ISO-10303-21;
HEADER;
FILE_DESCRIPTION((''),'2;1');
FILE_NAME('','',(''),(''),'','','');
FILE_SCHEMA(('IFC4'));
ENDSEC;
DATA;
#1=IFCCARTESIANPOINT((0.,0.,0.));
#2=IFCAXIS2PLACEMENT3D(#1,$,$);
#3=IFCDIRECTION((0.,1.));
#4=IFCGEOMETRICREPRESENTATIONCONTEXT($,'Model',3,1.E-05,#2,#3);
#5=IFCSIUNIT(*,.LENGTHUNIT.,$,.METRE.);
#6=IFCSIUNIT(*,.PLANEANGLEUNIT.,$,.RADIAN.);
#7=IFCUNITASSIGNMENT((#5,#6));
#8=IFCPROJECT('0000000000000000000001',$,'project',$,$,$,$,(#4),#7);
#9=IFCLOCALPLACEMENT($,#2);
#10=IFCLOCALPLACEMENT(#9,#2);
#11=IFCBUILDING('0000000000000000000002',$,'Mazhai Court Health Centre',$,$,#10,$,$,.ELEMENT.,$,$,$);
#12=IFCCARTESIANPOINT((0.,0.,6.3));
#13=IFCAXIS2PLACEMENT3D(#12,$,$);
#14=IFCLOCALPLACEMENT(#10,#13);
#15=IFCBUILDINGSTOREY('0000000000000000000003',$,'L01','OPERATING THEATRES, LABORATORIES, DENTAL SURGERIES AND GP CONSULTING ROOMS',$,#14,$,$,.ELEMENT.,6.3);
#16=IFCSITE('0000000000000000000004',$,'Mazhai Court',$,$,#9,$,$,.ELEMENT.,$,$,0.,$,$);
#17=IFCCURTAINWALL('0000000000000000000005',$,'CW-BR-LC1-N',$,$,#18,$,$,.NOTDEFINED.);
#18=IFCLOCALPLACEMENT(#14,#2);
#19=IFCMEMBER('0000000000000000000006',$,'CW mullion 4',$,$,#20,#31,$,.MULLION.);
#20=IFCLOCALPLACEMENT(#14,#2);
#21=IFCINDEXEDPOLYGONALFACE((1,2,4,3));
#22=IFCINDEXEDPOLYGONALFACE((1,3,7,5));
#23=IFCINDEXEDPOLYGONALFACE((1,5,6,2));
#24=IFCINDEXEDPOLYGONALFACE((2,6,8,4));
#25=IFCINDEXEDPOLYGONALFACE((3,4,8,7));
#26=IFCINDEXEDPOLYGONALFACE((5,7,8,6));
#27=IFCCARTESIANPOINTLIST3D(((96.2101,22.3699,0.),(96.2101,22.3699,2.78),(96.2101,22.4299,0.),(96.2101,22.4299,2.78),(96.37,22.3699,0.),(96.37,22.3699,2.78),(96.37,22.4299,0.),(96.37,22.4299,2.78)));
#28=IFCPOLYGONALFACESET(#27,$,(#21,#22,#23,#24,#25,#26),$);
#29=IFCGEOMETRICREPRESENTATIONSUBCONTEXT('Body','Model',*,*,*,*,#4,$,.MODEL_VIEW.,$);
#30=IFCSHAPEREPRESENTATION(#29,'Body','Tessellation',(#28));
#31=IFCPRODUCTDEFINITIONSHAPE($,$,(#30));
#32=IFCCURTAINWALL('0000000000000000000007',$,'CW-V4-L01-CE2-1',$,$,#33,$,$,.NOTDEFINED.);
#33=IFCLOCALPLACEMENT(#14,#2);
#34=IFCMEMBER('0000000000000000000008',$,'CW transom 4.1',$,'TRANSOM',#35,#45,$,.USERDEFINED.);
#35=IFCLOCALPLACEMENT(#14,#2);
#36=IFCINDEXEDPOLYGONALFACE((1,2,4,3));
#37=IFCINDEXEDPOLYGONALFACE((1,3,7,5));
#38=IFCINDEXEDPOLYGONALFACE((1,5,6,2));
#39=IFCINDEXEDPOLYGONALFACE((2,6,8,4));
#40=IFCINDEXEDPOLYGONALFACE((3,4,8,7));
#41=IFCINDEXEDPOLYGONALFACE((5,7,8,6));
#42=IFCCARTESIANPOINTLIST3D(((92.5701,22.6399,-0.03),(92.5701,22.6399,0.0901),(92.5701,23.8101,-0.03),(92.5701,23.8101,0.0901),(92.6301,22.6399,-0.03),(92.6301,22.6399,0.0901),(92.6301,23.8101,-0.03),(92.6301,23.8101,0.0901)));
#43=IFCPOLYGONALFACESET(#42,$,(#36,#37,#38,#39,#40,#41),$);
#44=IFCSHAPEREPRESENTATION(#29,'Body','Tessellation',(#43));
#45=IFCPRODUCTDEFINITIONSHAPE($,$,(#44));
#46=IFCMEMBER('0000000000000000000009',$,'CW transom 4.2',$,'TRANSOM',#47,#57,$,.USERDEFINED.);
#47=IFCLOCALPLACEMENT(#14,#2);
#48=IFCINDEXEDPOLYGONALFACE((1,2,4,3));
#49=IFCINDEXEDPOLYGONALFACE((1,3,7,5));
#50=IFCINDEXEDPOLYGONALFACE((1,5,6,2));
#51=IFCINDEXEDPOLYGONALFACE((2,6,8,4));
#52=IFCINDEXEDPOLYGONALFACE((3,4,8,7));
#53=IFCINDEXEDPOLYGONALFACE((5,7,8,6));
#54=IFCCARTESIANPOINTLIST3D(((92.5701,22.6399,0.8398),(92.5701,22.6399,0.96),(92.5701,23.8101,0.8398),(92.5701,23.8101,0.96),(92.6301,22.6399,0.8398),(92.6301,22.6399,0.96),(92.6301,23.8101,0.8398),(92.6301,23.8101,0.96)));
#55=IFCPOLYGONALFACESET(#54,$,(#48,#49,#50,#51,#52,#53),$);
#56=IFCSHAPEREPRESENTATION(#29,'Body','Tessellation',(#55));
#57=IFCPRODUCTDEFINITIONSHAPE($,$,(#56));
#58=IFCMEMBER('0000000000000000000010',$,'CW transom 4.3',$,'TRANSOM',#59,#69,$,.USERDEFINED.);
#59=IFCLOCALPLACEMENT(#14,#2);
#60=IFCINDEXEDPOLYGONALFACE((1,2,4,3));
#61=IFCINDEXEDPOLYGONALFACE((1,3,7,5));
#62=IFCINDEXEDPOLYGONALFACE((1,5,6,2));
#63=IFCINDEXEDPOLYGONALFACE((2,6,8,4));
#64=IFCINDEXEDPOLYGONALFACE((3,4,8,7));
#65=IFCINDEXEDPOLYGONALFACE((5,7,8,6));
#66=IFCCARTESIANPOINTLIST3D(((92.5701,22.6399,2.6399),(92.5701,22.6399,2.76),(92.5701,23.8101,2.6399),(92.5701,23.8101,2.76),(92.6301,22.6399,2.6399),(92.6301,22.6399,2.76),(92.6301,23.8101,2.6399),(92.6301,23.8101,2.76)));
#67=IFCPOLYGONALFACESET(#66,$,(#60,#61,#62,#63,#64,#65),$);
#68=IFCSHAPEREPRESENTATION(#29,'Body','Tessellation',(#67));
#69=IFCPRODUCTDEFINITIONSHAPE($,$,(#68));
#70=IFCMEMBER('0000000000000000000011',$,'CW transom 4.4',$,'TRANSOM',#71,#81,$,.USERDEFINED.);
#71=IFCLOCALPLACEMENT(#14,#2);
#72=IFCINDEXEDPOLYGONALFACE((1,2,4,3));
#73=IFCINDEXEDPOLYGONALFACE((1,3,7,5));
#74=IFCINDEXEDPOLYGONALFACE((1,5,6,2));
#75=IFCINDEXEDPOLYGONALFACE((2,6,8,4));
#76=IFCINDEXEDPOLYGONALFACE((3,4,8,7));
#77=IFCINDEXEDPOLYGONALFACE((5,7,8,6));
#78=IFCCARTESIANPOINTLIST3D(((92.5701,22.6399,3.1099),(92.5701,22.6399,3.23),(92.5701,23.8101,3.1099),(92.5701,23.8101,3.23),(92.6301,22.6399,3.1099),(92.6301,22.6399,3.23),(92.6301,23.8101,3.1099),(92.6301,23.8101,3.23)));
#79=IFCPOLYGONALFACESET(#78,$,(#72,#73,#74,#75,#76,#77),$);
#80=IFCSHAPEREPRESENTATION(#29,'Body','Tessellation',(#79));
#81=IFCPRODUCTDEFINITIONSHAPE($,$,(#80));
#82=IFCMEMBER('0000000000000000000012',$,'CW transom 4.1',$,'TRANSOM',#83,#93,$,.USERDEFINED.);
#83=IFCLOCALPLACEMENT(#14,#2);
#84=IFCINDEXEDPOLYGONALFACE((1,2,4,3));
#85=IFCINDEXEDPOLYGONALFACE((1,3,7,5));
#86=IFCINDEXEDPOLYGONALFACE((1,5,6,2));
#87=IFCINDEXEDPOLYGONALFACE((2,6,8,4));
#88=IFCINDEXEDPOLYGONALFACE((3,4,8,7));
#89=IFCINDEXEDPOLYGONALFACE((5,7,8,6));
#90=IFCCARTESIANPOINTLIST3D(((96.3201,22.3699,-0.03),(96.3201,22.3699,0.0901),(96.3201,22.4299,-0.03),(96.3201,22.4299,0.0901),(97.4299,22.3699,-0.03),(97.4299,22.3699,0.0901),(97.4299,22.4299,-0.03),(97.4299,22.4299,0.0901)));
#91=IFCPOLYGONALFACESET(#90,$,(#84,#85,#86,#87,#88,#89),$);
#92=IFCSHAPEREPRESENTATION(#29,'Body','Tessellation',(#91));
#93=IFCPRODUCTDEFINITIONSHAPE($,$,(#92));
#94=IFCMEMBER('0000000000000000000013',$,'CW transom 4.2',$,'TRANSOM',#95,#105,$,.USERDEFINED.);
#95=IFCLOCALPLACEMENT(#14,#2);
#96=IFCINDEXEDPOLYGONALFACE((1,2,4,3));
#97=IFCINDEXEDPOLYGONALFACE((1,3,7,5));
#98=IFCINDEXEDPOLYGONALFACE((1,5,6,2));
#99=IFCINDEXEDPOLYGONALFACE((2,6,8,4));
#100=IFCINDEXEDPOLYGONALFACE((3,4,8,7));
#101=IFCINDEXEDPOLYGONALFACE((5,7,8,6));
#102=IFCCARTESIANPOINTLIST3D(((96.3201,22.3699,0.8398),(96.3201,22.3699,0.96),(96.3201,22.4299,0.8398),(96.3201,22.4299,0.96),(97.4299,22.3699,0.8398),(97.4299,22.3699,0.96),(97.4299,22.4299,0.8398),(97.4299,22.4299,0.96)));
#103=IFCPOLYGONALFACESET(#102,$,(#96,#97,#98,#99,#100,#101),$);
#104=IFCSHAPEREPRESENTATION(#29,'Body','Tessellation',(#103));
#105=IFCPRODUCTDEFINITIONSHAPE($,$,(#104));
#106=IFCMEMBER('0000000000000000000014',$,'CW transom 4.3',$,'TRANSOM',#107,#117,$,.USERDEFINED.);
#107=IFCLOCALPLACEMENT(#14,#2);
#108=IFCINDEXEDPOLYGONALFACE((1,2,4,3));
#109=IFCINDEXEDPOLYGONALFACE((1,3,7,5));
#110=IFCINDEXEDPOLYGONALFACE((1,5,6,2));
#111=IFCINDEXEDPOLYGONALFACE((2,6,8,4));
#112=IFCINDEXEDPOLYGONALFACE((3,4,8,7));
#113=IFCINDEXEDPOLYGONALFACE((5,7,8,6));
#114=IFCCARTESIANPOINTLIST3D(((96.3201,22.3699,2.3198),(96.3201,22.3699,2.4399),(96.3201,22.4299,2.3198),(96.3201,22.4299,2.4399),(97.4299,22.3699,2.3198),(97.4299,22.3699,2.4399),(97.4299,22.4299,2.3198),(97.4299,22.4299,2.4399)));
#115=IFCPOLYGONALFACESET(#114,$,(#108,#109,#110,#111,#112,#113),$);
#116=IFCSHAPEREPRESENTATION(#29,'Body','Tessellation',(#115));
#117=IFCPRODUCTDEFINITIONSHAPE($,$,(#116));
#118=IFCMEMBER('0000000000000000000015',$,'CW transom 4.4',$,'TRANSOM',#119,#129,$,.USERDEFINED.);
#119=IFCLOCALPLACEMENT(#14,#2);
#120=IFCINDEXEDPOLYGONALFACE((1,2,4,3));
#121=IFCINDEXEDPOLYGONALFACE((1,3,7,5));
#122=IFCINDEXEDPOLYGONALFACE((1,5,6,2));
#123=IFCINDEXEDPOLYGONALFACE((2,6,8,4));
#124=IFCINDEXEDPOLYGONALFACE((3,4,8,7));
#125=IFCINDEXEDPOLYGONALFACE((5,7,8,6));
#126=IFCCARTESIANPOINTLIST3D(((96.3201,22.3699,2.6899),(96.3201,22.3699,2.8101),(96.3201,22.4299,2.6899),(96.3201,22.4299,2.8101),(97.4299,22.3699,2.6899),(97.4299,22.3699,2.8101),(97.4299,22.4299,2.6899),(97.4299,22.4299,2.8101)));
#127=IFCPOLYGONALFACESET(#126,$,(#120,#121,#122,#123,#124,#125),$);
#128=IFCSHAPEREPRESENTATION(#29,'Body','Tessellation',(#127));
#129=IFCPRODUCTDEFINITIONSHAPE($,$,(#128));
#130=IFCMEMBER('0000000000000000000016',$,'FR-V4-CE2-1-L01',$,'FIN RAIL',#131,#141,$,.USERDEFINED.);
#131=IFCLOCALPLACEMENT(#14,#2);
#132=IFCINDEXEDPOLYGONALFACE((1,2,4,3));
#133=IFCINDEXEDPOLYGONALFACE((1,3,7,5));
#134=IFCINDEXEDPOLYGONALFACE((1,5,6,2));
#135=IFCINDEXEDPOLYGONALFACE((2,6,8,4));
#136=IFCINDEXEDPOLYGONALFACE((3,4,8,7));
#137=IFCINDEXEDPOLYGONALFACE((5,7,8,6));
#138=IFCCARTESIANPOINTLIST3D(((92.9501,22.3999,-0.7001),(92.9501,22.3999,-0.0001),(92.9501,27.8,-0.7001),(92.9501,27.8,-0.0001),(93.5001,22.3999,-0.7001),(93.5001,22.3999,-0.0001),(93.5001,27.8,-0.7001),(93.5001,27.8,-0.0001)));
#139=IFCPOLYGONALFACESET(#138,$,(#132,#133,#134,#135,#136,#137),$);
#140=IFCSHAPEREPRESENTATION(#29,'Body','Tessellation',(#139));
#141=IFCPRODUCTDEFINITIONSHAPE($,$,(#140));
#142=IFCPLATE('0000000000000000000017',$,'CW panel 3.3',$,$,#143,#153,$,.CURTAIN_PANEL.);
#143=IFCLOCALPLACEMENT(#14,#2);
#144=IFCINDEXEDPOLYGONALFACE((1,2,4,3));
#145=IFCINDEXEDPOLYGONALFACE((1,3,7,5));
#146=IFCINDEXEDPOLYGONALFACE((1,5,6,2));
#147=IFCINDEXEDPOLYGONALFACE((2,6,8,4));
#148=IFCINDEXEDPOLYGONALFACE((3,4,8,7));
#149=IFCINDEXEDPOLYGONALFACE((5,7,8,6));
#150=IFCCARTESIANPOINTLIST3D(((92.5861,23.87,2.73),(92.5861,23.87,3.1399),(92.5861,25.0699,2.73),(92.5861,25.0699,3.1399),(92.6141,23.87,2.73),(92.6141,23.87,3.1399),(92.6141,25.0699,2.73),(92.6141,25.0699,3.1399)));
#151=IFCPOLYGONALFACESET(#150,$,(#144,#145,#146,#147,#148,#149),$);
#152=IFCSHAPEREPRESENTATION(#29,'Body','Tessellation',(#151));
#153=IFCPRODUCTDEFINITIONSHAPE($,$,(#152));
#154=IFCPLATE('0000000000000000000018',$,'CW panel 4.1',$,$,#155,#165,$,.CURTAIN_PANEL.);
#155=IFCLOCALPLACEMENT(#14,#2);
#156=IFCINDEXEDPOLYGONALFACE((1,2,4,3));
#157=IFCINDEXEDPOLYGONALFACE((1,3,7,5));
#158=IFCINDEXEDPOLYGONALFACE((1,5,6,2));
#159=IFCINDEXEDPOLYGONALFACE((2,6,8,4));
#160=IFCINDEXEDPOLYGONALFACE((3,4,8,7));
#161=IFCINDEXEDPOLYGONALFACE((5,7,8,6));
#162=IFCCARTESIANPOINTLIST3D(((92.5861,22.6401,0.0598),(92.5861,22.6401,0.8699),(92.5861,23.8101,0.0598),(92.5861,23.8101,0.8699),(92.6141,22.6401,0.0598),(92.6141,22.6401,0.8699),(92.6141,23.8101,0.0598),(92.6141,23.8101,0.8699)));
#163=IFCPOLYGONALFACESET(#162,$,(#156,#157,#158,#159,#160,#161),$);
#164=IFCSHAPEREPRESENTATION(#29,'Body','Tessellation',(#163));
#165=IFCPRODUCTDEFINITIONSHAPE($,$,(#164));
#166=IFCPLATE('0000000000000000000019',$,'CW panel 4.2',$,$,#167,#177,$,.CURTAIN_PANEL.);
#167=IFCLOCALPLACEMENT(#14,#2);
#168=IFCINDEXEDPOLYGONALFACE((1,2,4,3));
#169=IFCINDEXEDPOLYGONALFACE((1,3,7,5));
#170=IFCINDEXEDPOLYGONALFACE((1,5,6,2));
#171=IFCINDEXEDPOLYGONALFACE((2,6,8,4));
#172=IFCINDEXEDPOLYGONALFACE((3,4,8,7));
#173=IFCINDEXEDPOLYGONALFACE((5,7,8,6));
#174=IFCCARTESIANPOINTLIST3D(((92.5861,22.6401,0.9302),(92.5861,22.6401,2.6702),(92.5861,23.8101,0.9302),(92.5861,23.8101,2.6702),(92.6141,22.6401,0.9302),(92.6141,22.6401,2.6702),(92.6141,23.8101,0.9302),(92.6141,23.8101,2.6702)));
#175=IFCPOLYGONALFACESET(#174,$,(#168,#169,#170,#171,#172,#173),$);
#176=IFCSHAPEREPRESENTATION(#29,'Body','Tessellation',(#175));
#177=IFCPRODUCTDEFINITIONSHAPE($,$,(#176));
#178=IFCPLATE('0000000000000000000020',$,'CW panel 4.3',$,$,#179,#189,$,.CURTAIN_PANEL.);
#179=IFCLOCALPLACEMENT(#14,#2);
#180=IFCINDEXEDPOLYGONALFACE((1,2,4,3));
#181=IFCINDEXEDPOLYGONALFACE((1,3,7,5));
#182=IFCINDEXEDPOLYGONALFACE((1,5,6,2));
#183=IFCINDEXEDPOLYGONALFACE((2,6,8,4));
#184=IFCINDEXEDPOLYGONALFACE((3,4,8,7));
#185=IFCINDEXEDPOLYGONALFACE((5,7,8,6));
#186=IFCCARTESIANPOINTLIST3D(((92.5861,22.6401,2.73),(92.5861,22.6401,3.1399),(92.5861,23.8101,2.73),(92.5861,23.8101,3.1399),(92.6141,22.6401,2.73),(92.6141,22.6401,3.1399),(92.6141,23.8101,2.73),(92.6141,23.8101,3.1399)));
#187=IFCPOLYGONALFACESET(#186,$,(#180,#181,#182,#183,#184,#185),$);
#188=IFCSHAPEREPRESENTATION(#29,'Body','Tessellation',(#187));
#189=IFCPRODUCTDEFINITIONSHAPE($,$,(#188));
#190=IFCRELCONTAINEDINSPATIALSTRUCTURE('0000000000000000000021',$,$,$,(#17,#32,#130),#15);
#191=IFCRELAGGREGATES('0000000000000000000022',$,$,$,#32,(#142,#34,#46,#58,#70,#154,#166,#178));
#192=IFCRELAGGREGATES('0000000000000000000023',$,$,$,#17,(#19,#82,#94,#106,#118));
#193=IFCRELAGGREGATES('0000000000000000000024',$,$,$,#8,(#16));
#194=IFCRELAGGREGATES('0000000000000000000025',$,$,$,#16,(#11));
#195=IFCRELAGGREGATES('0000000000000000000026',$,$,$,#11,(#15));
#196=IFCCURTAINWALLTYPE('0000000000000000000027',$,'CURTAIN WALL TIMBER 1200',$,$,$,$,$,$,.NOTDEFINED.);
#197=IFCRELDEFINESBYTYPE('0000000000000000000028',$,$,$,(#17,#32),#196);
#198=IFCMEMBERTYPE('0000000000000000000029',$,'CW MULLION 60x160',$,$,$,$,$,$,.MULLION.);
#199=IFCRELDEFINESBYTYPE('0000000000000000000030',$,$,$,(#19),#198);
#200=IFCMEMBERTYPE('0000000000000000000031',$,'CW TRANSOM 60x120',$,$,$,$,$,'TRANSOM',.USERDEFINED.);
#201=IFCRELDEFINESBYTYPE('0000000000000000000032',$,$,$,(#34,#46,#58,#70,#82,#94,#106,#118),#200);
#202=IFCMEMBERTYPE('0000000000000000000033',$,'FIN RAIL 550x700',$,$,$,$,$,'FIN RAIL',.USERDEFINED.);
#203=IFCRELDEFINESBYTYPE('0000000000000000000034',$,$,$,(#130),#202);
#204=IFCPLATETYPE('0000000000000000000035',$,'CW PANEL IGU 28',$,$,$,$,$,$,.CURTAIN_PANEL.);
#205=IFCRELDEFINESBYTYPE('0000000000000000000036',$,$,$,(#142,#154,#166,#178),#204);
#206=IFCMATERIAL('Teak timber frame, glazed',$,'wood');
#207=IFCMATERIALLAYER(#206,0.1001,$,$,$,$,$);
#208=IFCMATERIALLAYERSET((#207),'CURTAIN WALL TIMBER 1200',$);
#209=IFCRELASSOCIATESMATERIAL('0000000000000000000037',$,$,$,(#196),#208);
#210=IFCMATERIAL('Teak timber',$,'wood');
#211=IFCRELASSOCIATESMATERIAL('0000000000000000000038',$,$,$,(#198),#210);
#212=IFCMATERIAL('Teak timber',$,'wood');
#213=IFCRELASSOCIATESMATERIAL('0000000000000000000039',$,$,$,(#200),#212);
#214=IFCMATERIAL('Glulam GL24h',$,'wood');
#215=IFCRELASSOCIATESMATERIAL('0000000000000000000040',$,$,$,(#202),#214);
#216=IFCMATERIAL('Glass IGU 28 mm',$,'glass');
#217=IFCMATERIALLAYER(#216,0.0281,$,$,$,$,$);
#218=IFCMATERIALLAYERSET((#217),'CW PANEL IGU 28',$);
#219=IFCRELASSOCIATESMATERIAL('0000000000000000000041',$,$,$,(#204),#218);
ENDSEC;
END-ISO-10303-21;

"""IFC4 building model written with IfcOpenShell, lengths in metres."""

from ifc_helpers import new_model, si_unit, direction, frame, origin, origin_2d, place, context, subcontext, project, spatial, rectangle, extrude, material, layer, layer_set, material_profile, profile_set, type_object, element, aggregate, save


model = new_model("IFC4")

# Units and contexts
model_context = context("Model", 3, precision=1e-05, world=origin(), true_north=direction((0.0, 1.0)))
body_context = subcontext(model_context, "Body", "Model", "MODEL_VIEW")
ifc_project = project(units=[si_unit("LENGTHUNIT", "METRE"), si_unit("PLANEANGLEUNIT", "RADIAN")], contexts=[model_context])

# Site, building, storey
site_placement = place(None, origin())
site = spatial("IfcSite", under=ifc_project, at=site_placement, Name="Mazhai Court", CompositionType="ELEMENT", RefElevation=0.0)
building_placement = place(site_placement, origin())
building = spatial("IfcBuilding", under=site, at=building_placement, Name="Mazhai Court Health Centre", CompositionType="ELEMENT")
storey_placement = place(building_placement, frame((0.0, 0.0, 6.3)))
storey = spatial("IfcBuildingStorey", under=building, at=storey_placement, Name="L01", Description="OPERATING THEATRES, LABORATORIES, DENTAL SURGERIES AND GP CONSULTING ROOMS", CompositionType="ELEMENT", Elevation=6.3)

# Curtain wall, member
ifc_material_1 = material(Name="Teak timber frame, glazed", Category="wood")
ifc_layer_1 = layer(ifc_material_1, 0.1001)
ifc_layer_set_1 = layer_set([ifc_layer_1], Name="CURTAIN WALL TIMBER 1200")
curtain_wall_type = type_object("IfcCurtainWallType", Name="CURTAIN WALL TIMBER 1200", PredefinedType="NOTDEFINED", material=ifc_layer_set_1)
curtain_wall_1_placement = place(storey_placement, origin())
curtain_wall_1 = element("IfcCurtainWall", 1, at=curtain_wall_1_placement, inside=storey, type_object=curtain_wall_type, Name="CW-BR-LC1-N", PredefinedType="NOTDEFINED")
ifc_material_2 = material(Name="Teak timber", Category="wood")
ifc_material_profile_1 = material_profile(ifc_material_2, rectangle(XDim=0.0601, YDim=0.1599, at=origin_2d()), Name="CW MULLION 60x160")
ifc_profile_set_1 = profile_set([ifc_material_profile_1], Name="Teak timber")
member_type_1 = type_object("IfcMemberType", Name="CW MULLION 60x160", PredefinedType="MULLION", material=ifc_profile_set_1)
member_1_placement = place(storey_placement, frame((96.29, 22.3999, 0.0), z_axis=(0.0, 0.0, 1.0), x_axis=(0.0, 1.0, 0.0)))
member_1 = element("IfcMember", 2, at=member_1_placement, type_object=member_type_1, Name="CW mullion 4", PredefinedType="MULLION", context=body_context, shape_type="SweptSolid", body=[
    extrude(rectangle(XDim=0.0601, YDim=0.1599, at=origin_2d()), origin(), (0.0, 0.0, 1.0), 2.78),
])

# Curtain wall, members
curtain_wall_2_placement = place(storey_placement, origin())
curtain_wall_2 = element("IfcCurtainWall", 3, at=curtain_wall_2_placement, inside=storey, type_object=curtain_wall_type, Name="CW-V4-L01-CE2-1", PredefinedType="NOTDEFINED")
ifc_material_3 = material(Name="Teak timber", Category="wood")
ifc_material_profile_2 = material_profile(ifc_material_3, rectangle(XDim=0.0601, YDim=0.1201, at=origin_2d()), Name="CW TRANSOM 60x120")
ifc_profile_set_2 = profile_set([ifc_material_profile_2], Name="Teak timber")
member_type_2 = type_object("IfcMemberType", Name="CW TRANSOM 60x120", ElementType="TRANSOM", PredefinedType="USERDEFINED", material=ifc_profile_set_2)
member_2_placement = place(storey_placement, frame((92.6001, 23.8101, 0.03), z_axis=(0.0, -1.0, 0.0), x_axis=(1.0, 0.0, 0.0)))
member_2 = element("IfcMember", 4, at=member_2_placement, type_object=member_type_2, Name="CW transom 4.1", ObjectType="TRANSOM", PredefinedType="USERDEFINED", context=body_context, shape_type="SweptSolid", body=[
    extrude(rectangle(XDim=0.0601, YDim=0.1201, at=origin_2d()), origin(), (0.0, 0.0, 1.0), 1.1702),
])
member_3_placement = place(storey_placement, frame((92.6001, 23.8101, 0.8999), z_axis=(0.0, -1.0, 0.0), x_axis=(1.0, 0.0, 0.0)))
member_3 = element("IfcMember", 5, at=member_3_placement, type_object=member_type_2, Name="CW transom 4.2", ObjectType="TRANSOM", PredefinedType="USERDEFINED", context=body_context, shape_type="SweptSolid", body=[
    extrude(rectangle(XDim=0.0601, YDim=0.1201, at=origin_2d()), origin(), (0.0, 0.0, 1.0), 1.1702),
])
member_4_placement = place(storey_placement, frame((92.6001, 23.8101, 2.7), z_axis=(0.0, -1.0, 0.0), x_axis=(1.0, 0.0, 0.0)))
member_4 = element("IfcMember", 6, at=member_4_placement, type_object=member_type_2, Name="CW transom 4.3", ObjectType="TRANSOM", PredefinedType="USERDEFINED", context=body_context, shape_type="SweptSolid", body=[
    extrude(rectangle(XDim=0.0601, YDim=0.1201, at=origin_2d()), origin(), (0.0, 0.0, 1.0), 1.1702),
])
member_5_placement = place(storey_placement, frame((92.6001, 23.8101, 3.1699), z_axis=(0.0, -1.0, 0.0), x_axis=(1.0, 0.0, 0.0)))
member_5 = element("IfcMember", 7, at=member_5_placement, type_object=member_type_2, Name="CW transom 4.4", ObjectType="TRANSOM", PredefinedType="USERDEFINED", context=body_context, shape_type="SweptSolid", body=[
    extrude(rectangle(XDim=0.0601, YDim=0.1201, at=origin_2d()), origin(), (0.0, 0.0, 1.0), 1.1702),
])

# Members
member_6_placement = place(storey_placement, frame((96.3201, 22.3999, 0.03), z_axis=(1.0, 0.0, 0.0), x_axis=(0.0, 1.0, 0.0)))
member_6 = element("IfcMember", 8, at=member_6_placement, type_object=member_type_2, Name="CW transom 4.1", ObjectType="TRANSOM", PredefinedType="USERDEFINED", context=body_context, shape_type="SweptSolid", body=[
    extrude(rectangle(XDim=0.0601, YDim=0.1201, at=origin_2d()), origin(), (0.0, 0.0, 1.0), 1.1099),
])
member_7_placement = place(storey_placement, frame((96.3201, 22.3999, 0.8999), z_axis=(1.0, 0.0, 0.0), x_axis=(0.0, 1.0, 0.0)))
member_7 = element("IfcMember", 9, at=member_7_placement, type_object=member_type_2, Name="CW transom 4.2", ObjectType="TRANSOM", PredefinedType="USERDEFINED", context=body_context, shape_type="SweptSolid", body=[
    extrude(rectangle(XDim=0.0601, YDim=0.1201, at=origin_2d()), origin(), (0.0, 0.0, 1.0), 1.1099),
])
member_8_placement = place(storey_placement, frame((96.3201, 22.3999, 2.3799), z_axis=(1.0, 0.0, 0.0), x_axis=(0.0, 1.0, 0.0)))
member_8 = element("IfcMember", 10, at=member_8_placement, type_object=member_type_2, Name="CW transom 4.3", ObjectType="TRANSOM", PredefinedType="USERDEFINED", context=body_context, shape_type="SweptSolid", body=[
    extrude(rectangle(XDim=0.0601, YDim=0.1201, at=origin_2d()), origin(), (0.0, 0.0, 1.0), 1.1099),
])
member_9_placement = place(storey_placement, frame((96.3201, 22.3999, 2.75), z_axis=(1.0, 0.0, 0.0), x_axis=(0.0, 1.0, 0.0)))
member_9 = element("IfcMember", 11, at=member_9_placement, type_object=member_type_2, Name="CW transom 4.4", ObjectType="TRANSOM", PredefinedType="USERDEFINED", context=body_context, shape_type="SweptSolid", body=[
    extrude(rectangle(XDim=0.0601, YDim=0.1201, at=origin_2d()), origin(), (0.0, 0.0, 1.0), 1.1099),
])
ifc_material_4 = material(Name="Glulam GL24h", Category="wood")
ifc_material_profile_3 = material_profile(ifc_material_4, rectangle(XDim=0.55, YDim=0.7, at=origin_2d()), Name="FIN RAIL 550x700")
ifc_profile_set_3 = profile_set([ifc_material_profile_3], Name="Glulam GL24h")
member_type_3 = type_object("IfcMemberType", Name="FIN RAIL 550x700", ElementType="FIN RAIL", PredefinedType="USERDEFINED", material=ifc_profile_set_3)
member_10_placement = place(storey_placement, frame((93.2251, 27.8, -0.3501), z_axis=(0.0, -1.0, 0.0), x_axis=(1.0, 0.0, 0.0)))
element("IfcMember", 12, at=member_10_placement, inside=storey, type_object=member_type_3, Name="FR-V4-CE2-1-L01", ObjectType="FIN RAIL", PredefinedType="USERDEFINED", context=body_context, shape_type="SweptSolid", body=[
    extrude(rectangle(XDim=0.55, YDim=0.7, at=origin_2d()), origin(), (0.0, 0.0, 1.0), 5.4001),
])

# Plates
ifc_material_5 = material(Name="Glass IGU 28 mm", Category="glass")
ifc_layer_2 = layer(ifc_material_5, 0.0281)
ifc_layer_set_2 = layer_set([ifc_layer_2], Name="CW PANEL IGU 28")
plate_type = type_object("IfcPlateType", Name="CW PANEL IGU 28", PredefinedType="CURTAIN_PANEL", material=ifc_layer_set_2)
plate_1_placement = place(storey_placement, frame((92.6001, 24.47, 2.73), z_axis=(0.0, 0.0, 1.0), x_axis=(0.0, -1.0, 0.0)))
plate_1 = element("IfcPlate", 13, at=plate_1_placement, type_object=plate_type, Name="CW panel 3.3", PredefinedType="CURTAIN_PANEL", context=body_context, shape_type="SweptSolid", body=[
    extrude(rectangle(XDim=1.2, YDim=0.0281, at=origin_2d()), origin(), (0.0, 0.0, 1.0), 0.4099),
])
plate_2_placement = place(storey_placement, frame((92.6001, 23.2251, 0.0598), z_axis=(0.0, 0.0, 1.0), x_axis=(0.0, -1.0, 0.0)))
plate_2 = element("IfcPlate", 14, at=plate_2_placement, type_object=plate_type, Name="CW panel 4.1", PredefinedType="CURTAIN_PANEL", context=body_context, shape_type="SweptSolid", body=[
    extrude(rectangle(XDim=1.1699, YDim=0.0281, at=origin_2d()), origin(), (0.0, 0.0, 1.0), 0.8101),
])
plate_3_placement = place(storey_placement, frame((92.6001, 23.2251, 0.9302), z_axis=(0.0, 0.0, 1.0), x_axis=(0.0, -1.0, 0.0)))
plate_3 = element("IfcPlate", 15, at=plate_3_placement, type_object=plate_type, Name="CW panel 4.2", PredefinedType="CURTAIN_PANEL", context=body_context, shape_type="SweptSolid", body=[
    extrude(rectangle(XDim=1.1699, YDim=0.0281, at=origin_2d()), origin(), (0.0, 0.0, 1.0), 1.74),
])
plate_4_placement = place(storey_placement, frame((92.6001, 23.2251, 2.73), z_axis=(0.0, 0.0, 1.0), x_axis=(0.0, -1.0, 0.0)))
plate_4 = element("IfcPlate", 16, at=plate_4_placement, type_object=plate_type, Name="CW panel 4.3", PredefinedType="CURTAIN_PANEL", context=body_context, shape_type="SweptSolid", body=[
    extrude(rectangle(XDim=1.1699, YDim=0.0281, at=origin_2d()), origin(), (0.0, 0.0, 1.0), 0.4099),
])
aggregate(curtain_wall_2, [plate_1, member_2, member_3, member_4, member_5, plate_2, plate_3, plate_4])
aggregate(curtain_wall_1, [member_1, member_6, member_7, member_8, member_9])

save(model, "model.ifc")
